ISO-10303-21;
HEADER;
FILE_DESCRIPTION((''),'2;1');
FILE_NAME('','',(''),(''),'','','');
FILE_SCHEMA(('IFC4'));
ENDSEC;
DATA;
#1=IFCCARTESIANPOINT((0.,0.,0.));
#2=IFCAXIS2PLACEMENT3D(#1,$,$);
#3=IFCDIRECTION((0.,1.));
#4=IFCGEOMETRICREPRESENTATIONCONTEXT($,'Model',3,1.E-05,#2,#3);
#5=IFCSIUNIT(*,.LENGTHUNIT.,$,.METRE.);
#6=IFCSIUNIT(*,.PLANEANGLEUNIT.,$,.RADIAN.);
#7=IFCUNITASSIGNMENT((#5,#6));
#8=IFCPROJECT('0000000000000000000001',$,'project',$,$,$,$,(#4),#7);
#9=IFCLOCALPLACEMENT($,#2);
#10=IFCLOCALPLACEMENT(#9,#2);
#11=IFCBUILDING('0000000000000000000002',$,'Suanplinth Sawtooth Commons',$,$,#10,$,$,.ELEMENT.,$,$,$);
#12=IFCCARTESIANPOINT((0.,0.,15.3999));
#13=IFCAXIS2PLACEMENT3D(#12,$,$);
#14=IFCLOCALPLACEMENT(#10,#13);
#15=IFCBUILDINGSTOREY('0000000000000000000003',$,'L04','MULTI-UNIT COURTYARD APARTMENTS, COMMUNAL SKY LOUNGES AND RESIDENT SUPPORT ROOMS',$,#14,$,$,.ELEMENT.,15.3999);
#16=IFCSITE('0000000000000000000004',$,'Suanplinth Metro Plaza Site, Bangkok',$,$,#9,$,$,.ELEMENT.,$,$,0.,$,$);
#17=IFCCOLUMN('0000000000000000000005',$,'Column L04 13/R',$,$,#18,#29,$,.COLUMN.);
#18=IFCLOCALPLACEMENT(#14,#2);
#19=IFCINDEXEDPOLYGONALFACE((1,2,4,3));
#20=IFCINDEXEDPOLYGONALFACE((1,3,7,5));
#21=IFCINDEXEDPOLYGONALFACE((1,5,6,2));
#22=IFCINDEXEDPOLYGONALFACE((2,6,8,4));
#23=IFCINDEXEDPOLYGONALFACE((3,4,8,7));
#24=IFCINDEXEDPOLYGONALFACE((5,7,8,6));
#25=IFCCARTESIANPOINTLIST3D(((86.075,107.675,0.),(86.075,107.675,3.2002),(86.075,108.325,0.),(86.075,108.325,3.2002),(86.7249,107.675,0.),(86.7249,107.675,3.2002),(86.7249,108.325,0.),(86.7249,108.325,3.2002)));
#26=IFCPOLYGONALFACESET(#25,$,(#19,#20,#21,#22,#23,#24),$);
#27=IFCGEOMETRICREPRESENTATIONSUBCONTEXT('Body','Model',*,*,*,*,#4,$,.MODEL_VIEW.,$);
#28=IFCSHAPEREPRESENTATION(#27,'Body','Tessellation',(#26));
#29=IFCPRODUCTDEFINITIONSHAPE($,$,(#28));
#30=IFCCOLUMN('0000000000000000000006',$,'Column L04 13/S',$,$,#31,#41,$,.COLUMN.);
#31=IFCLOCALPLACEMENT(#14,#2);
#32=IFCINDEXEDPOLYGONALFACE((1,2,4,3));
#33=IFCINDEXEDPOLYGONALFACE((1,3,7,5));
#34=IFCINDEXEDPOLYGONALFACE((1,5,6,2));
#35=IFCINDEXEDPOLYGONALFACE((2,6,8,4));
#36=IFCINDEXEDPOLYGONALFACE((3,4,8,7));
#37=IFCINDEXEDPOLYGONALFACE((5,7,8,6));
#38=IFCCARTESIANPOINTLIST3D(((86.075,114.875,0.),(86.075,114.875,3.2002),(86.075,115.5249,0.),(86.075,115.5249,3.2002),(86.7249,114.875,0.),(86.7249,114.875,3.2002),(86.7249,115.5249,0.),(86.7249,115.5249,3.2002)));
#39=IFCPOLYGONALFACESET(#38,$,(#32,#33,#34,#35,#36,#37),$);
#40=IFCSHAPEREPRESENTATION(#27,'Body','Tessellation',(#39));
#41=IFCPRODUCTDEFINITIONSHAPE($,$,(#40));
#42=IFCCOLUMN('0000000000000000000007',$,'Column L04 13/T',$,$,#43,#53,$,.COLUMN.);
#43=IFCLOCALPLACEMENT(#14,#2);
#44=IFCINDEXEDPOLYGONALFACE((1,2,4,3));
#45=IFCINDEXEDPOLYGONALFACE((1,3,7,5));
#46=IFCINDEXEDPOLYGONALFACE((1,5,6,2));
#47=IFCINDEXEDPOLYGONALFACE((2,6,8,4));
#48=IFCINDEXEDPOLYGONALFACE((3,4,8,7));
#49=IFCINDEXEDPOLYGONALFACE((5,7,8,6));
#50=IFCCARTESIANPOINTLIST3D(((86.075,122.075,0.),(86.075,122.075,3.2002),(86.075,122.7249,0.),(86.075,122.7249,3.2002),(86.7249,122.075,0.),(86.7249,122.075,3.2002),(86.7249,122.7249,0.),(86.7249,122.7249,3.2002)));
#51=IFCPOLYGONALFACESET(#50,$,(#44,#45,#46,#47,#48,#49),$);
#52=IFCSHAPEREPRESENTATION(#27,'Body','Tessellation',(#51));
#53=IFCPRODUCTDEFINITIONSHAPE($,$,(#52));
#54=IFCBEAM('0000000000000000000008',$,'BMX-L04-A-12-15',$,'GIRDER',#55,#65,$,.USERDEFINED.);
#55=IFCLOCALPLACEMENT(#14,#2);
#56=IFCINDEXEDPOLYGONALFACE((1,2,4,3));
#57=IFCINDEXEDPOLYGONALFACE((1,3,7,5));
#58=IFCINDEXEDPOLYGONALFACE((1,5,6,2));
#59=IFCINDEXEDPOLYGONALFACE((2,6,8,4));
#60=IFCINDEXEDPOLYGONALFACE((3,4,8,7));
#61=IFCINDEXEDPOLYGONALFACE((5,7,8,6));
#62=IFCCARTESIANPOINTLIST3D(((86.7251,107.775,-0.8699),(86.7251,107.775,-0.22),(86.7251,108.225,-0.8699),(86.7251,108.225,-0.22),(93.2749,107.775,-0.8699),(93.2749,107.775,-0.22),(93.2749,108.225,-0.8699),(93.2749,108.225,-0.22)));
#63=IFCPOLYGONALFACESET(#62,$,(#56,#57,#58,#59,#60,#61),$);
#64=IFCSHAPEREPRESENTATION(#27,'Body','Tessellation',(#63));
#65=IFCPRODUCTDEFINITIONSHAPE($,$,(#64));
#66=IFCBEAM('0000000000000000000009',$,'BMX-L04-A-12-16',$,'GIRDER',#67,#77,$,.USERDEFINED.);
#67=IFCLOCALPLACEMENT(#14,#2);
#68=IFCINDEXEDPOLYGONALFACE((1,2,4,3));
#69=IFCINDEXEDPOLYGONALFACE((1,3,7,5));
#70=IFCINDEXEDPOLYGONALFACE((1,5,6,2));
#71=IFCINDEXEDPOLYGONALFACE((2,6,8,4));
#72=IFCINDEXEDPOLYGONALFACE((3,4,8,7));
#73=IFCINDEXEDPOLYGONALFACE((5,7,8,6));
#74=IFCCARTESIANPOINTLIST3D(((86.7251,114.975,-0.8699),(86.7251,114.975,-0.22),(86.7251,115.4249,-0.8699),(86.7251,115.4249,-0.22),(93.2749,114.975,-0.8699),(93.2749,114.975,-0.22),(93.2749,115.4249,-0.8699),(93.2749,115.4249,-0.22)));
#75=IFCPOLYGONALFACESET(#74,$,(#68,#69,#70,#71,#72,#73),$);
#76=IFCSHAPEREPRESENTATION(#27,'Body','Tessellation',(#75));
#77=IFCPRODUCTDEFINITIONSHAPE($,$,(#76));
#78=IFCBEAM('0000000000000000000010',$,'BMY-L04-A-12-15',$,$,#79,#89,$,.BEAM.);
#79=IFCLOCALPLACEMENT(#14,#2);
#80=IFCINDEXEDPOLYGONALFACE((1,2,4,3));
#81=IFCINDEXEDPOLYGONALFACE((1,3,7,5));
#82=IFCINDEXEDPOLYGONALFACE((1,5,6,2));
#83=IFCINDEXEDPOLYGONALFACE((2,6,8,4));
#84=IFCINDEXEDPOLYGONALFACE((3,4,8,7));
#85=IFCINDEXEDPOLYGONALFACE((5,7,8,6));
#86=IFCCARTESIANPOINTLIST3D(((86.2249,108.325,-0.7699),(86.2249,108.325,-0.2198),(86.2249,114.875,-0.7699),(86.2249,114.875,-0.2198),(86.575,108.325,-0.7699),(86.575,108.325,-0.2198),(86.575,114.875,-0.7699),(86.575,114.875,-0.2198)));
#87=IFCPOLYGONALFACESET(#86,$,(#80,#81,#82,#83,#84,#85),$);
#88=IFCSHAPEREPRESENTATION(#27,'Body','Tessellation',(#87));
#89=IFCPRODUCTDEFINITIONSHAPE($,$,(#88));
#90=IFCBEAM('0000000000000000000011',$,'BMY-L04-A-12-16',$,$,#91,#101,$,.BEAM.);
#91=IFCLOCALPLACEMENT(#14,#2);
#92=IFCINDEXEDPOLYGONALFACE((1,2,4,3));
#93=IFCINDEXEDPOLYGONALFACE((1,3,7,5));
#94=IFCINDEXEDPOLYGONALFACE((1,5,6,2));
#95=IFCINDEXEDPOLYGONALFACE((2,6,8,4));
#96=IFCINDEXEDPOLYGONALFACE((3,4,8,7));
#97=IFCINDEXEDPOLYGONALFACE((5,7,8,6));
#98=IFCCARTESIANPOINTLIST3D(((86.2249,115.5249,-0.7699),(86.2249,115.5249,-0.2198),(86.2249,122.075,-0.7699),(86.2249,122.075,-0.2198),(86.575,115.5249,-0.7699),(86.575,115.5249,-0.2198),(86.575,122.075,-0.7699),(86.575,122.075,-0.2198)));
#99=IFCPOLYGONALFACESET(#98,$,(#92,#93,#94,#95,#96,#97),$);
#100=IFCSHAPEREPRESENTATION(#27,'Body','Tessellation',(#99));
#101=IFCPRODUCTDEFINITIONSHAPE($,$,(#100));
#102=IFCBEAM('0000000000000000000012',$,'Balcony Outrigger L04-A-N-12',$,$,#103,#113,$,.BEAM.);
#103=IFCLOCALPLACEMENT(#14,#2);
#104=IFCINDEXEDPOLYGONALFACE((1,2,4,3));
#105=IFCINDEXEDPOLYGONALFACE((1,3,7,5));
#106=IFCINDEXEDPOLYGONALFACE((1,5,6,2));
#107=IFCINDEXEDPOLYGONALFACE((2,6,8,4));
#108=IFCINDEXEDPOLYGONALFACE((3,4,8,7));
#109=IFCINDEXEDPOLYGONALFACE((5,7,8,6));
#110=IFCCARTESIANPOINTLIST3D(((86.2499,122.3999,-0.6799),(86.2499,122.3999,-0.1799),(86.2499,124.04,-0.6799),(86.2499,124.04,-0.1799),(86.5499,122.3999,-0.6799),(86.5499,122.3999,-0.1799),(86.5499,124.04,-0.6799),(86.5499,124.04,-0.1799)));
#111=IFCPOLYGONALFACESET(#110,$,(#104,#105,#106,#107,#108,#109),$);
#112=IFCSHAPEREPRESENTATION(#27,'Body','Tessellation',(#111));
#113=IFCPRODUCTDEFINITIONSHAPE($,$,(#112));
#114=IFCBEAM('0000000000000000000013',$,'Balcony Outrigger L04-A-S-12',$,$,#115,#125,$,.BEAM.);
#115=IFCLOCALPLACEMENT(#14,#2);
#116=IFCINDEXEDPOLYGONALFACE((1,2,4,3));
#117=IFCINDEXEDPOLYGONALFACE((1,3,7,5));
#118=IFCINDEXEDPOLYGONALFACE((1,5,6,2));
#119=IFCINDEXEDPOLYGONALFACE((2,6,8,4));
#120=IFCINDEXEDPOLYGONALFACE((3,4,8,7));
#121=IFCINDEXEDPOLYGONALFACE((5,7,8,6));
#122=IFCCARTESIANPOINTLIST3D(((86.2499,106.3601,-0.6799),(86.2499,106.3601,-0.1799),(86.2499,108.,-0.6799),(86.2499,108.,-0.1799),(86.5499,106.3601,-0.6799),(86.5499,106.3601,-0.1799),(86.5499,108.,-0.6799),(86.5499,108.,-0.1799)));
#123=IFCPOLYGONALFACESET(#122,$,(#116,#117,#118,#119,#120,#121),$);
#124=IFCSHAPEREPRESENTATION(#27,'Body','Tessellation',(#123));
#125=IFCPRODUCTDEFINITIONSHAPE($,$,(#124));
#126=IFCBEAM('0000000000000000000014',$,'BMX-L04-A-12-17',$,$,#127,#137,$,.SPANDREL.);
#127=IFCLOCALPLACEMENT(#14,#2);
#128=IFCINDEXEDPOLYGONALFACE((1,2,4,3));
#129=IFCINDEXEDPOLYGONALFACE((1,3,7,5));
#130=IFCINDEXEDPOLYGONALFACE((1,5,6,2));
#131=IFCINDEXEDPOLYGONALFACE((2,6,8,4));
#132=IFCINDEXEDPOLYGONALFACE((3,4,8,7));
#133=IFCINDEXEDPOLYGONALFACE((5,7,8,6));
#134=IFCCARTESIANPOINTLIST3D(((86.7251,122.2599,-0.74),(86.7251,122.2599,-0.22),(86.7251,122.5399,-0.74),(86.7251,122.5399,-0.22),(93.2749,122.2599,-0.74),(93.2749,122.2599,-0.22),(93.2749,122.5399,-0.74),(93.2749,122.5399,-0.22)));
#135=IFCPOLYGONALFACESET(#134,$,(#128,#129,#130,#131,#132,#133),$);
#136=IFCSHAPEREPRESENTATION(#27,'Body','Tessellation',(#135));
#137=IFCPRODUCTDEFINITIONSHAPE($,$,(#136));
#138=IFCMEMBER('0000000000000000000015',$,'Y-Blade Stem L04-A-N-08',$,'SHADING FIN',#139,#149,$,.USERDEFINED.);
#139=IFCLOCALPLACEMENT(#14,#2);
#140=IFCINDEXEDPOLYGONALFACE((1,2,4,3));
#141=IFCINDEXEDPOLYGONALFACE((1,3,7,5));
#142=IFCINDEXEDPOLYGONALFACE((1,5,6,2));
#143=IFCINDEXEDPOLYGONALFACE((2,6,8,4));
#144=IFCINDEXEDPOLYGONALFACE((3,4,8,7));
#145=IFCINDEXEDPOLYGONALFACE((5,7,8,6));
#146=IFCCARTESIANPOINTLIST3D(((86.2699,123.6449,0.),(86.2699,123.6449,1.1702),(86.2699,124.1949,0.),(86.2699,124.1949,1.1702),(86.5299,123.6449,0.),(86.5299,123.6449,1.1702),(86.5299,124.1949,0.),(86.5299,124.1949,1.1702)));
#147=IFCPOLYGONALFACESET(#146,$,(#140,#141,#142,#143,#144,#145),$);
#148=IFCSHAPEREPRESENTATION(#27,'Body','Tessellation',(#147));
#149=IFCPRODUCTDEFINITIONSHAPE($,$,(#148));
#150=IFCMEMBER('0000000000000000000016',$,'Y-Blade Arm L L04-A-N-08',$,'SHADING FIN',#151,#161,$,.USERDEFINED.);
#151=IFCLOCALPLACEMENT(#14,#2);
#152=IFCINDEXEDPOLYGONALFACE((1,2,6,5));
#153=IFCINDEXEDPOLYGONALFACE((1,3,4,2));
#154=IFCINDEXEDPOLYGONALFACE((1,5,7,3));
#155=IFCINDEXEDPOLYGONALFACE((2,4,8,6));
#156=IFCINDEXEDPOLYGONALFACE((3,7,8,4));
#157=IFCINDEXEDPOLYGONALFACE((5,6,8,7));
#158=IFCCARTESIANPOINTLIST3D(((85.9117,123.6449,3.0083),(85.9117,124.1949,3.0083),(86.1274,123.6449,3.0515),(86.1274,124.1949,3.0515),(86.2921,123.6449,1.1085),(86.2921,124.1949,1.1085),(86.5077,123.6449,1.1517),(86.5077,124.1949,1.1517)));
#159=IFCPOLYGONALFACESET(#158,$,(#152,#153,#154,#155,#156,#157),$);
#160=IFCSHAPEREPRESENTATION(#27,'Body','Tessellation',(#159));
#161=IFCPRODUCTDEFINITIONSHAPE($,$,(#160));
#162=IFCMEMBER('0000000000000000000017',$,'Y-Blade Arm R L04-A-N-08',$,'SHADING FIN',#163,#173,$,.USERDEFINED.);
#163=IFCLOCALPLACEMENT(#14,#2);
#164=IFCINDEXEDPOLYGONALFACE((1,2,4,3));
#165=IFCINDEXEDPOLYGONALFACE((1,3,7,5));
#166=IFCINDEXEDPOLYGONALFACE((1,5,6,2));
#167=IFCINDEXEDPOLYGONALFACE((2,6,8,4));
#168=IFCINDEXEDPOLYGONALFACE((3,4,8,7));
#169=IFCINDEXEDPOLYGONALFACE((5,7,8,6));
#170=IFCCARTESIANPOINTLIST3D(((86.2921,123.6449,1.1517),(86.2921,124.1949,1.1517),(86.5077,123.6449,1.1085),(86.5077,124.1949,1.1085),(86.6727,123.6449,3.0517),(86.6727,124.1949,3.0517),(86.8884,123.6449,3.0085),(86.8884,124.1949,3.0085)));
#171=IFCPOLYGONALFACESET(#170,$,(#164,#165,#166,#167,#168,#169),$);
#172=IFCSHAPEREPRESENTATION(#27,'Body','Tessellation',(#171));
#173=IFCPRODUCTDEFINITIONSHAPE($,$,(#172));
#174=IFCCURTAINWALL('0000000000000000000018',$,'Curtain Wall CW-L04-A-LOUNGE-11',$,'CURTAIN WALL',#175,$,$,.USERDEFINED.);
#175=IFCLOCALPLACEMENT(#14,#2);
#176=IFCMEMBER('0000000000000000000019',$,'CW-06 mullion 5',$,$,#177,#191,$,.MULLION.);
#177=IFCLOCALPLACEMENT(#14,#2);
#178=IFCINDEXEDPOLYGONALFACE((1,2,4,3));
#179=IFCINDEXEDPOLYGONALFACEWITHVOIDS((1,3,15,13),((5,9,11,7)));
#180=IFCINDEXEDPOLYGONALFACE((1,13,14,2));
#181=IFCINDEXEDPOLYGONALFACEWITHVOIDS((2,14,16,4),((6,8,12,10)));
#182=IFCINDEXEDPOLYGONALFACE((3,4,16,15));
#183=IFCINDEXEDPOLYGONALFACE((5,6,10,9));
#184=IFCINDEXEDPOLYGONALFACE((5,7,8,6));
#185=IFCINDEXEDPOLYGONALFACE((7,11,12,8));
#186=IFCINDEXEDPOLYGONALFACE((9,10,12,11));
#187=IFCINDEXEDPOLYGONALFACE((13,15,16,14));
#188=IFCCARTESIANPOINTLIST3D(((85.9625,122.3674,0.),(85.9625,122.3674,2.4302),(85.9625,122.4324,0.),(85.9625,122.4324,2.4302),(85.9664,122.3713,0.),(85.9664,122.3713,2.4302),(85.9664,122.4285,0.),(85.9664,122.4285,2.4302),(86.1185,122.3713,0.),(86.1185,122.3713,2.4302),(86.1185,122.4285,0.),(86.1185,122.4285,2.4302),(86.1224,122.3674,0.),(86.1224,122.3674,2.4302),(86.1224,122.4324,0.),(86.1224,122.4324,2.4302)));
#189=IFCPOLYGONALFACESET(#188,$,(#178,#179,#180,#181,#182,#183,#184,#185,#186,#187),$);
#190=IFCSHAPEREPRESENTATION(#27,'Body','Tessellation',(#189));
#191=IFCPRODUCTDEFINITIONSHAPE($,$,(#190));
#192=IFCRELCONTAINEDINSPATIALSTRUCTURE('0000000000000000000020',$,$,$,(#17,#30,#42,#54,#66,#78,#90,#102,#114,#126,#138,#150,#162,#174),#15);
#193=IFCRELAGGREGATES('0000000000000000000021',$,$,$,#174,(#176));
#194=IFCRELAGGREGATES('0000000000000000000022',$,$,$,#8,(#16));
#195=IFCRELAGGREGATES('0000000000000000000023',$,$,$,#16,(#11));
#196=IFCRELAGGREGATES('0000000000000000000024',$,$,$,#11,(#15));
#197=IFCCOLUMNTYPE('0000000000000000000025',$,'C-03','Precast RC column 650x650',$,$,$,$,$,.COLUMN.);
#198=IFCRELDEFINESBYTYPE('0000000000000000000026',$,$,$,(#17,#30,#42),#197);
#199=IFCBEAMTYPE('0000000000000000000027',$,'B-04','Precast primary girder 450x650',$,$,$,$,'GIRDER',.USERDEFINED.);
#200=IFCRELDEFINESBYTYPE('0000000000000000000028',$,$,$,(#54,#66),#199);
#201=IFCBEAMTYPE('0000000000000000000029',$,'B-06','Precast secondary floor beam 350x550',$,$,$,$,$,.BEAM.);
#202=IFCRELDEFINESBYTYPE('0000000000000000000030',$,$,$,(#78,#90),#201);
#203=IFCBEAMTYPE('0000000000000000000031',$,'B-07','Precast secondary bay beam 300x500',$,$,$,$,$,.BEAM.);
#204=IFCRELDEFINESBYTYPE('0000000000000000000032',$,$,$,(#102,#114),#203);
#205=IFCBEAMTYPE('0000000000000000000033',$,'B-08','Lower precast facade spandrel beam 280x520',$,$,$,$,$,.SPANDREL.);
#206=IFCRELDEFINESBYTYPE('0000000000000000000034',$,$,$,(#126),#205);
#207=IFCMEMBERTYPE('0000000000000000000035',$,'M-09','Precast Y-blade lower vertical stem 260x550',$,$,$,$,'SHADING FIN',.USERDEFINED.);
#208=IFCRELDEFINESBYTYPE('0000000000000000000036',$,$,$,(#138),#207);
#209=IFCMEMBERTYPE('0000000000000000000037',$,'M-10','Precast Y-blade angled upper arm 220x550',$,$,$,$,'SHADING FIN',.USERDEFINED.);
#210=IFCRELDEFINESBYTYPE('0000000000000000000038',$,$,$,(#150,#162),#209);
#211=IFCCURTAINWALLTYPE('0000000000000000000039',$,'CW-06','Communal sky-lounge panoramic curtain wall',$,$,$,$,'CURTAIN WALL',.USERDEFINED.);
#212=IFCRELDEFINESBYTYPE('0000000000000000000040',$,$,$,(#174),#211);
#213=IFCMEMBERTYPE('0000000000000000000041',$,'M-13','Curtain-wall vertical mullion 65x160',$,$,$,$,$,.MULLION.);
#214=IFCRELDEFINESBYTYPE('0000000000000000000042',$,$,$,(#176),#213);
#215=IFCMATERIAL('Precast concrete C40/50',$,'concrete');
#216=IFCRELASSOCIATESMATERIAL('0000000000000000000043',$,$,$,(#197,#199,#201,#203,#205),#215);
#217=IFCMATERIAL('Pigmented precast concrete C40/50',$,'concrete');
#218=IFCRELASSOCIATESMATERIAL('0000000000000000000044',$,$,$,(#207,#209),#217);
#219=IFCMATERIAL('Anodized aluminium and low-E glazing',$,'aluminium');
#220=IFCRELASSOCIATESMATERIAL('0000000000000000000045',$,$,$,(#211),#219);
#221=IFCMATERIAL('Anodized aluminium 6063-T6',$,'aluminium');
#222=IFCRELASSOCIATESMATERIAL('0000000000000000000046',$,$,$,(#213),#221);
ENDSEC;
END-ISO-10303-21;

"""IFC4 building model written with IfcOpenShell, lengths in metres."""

from ifc_helpers import new_model, si_unit, direction, frame, origin, origin_2d, place, context, subcontext, project, spatial, rectangle, hollow_rectangle, extrude, material, material_profile, profile_set, type_object, element, aggregate, save


model = new_model("IFC4")

# Units and contexts
model_context = context("Model", 3, precision=1e-05, world=origin(), true_north=direction((0.0, 1.0)))
body_context = subcontext(model_context, "Body", "Model", "MODEL_VIEW")
ifc_project = project(units=[si_unit("LENGTHUNIT", "METRE"), si_unit("PLANEANGLEUNIT", "RADIAN")], contexts=[model_context])

# Site, building, storey
site_placement = place(None, origin())
site = spatial("IfcSite", under=ifc_project, at=site_placement, Name="Suanplinth Metro Plaza Site, Bangkok", CompositionType="ELEMENT", RefElevation=0.0)
building_placement = place(site_placement, origin())
building = spatial("IfcBuilding", under=site, at=building_placement, Name="Suanplinth Sawtooth Commons", CompositionType="ELEMENT")
storey_placement = place(building_placement, frame((0.0, 0.0, 15.3999)))
storey = spatial("IfcBuildingStorey", under=building, at=storey_placement, Name="L04", Description="MULTI-UNIT COURTYARD APARTMENTS, COMMUNAL SKY LOUNGES AND RESIDENT SUPPORT ROOMS", CompositionType="ELEMENT", Elevation=15.3999)

# Columns
ifc_material_1 = material(Name="Precast concrete C40/50", Category="concrete")
ifc_material_profile_1 = material_profile(ifc_material_1, rectangle(XDim=0.6499, YDim=0.6499, at=origin_2d()), Name="PC-COL 650x650")
ifc_profile_set_1 = profile_set([ifc_material_profile_1], Name="Precast concrete C40/50")
column_type = type_object("IfcColumnType", Name="C-03", Description="Precast RC column 650x650", PredefinedType="COLUMN", material=ifc_profile_set_1)
for number, where, z_axis, x_axis, name in (
    (1, (86.3999, 108.0, 0.0), (0.0, 0.0, 1.0), (1.0, 0.0, 0.0), "Column L04 13/R"),
    (2, (86.3999, 115.2, 0.0), (0.0, 0.0, 1.0), (1.0, 0.0, 0.0), "Column L04 13/S"),
    (3, (86.3999, 122.3999, 0.0), (0.0, 0.0, 1.0), (1.0, 0.0, 0.0), "Column L04 13/T"),
):
    element("IfcColumn", number, at=place(storey_placement, frame(where, z_axis=z_axis, x_axis=x_axis)), inside=storey, type_object=column_type, Name=name, PredefinedType="COLUMN", context=body_context, shape_type="SweptSolid", body=[
        extrude(rectangle(XDim=0.6499, YDim=0.6499, at=origin_2d()), origin(), (0.0, 0.0, 1.0), 3.2002),
    ])

# Beams
ifc_material_profile_2 = material_profile(ifc_material_1, rectangle(XDim=0.45, YDim=0.6499, at=origin_2d()), Name="PC-GDR 450x650")
ifc_profile_set_2 = profile_set([ifc_material_profile_2], Name="Precast concrete C40/50")
beam_type_1 = type_object("IfcBeamType", Name="B-04", Description="Precast primary girder 450x650", ElementType="GIRDER", PredefinedType="USERDEFINED", material=ifc_profile_set_2)
for number, where, z_axis, x_axis, name in (
    (4, (86.7251, 108.0, -0.5449), (1.0, 0.0, 0.0), (0.0, 1.0, 0.0), "BMX-L04-A-12-15"),
    (5, (86.7251, 115.2, -0.5449), (1.0, 0.0, 0.0), (0.0, 1.0, 0.0), "BMX-L04-A-12-16"),
):
    element("IfcBeam", number, at=place(storey_placement, frame(where, z_axis=z_axis, x_axis=x_axis)), inside=storey, type_object=beam_type_1, Name=name, ObjectType="GIRDER", PredefinedType="USERDEFINED", context=body_context, shape_type="SweptSolid", body=[
        extrude(rectangle(XDim=0.45, YDim=0.6499, at=origin_2d()), origin(), (0.0, 0.0, 1.0), 6.5498),
    ])
ifc_material_profile_3 = material_profile(ifc_material_1, rectangle(XDim=0.3501, YDim=0.55, at=origin_2d()), Name="PC-BM 350x550")
ifc_profile_set_3 = profile_set([ifc_material_profile_3], Name="Precast concrete C40/50")
beam_type_2 = type_object("IfcBeamType", Name="B-06", Description="Precast secondary floor beam 350x550", PredefinedType="BEAM", material=ifc_profile_set_3)
for number, where, z_axis, x_axis, name in (
    (6, (86.3999, 108.325, -0.4949), (0.0, 1.0, 0.0), (-1.0, 0.0, 0.0), "BMY-L04-A-12-15"),
    (7, (86.3999, 115.5249, -0.4949), (0.0, 1.0, 0.0), (-1.0, 0.0, 0.0), "BMY-L04-A-12-16"),
):
    element("IfcBeam", number, at=place(storey_placement, frame(where, z_axis=z_axis, x_axis=x_axis)), inside=storey, type_object=beam_type_2, Name=name, PredefinedType="BEAM", context=body_context, shape_type="SweptSolid", body=[
        extrude(rectangle(XDim=0.3501, YDim=0.55, at=origin_2d()), origin(), (0.0, 0.0, 1.0), 6.55),
    ])
ifc_material_profile_4 = material_profile(ifc_material_1, rectangle(XDim=0.3, YDim=0.5, at=origin_2d()), Name="PC-BM 300x500")
ifc_profile_set_4 = profile_set([ifc_material_profile_4], Name="Precast concrete C40/50")
beam_type_3 = type_object("IfcBeamType", Name="B-07", Description="Precast secondary bay beam 300x500", PredefinedType="BEAM", material=ifc_profile_set_4)
beam_1_placement = place(storey_placement, frame((86.3999, 122.3999, -0.4299), z_axis=(0.0, 1.0, 0.0), x_axis=(-1.0, 0.0, 0.0)))
element("IfcBeam", 8, at=beam_1_placement, inside=storey, type_object=beam_type_3, Name="Balcony Outrigger L04-A-N-12", PredefinedType="BEAM", context=body_context, shape_type="SweptSolid", body=[
    extrude(rectangle(XDim=0.3, YDim=0.5, at=origin_2d()), origin(), (0.0, 0.0, 1.0), 1.6401),
])
beam_2_placement = place(storey_placement, frame((86.3999, 108.0, -0.4299), z_axis=(0.0, -1.0, 0.0), x_axis=(1.0, 0.0, 0.0)))
element("IfcBeam", 9, at=beam_2_placement, inside=storey, type_object=beam_type_3, Name="Balcony Outrigger L04-A-S-12", PredefinedType="BEAM", context=body_context, shape_type="SweptSolid", body=[
    extrude(rectangle(XDim=0.3, YDim=0.5, at=origin_2d()), origin(), (0.0, 0.0, 1.0), 1.6399),
])
ifc_material_profile_5 = material_profile(ifc_material_1, rectangle(XDim=0.28, YDim=0.52, at=origin_2d()), Name="PC-SP 280x520")
ifc_profile_set_5 = profile_set([ifc_material_profile_5], Name="Precast concrete C40/50")
beam_type_4 = type_object("IfcBeamType", Name="B-08", Description="Lower precast facade spandrel beam 280x520", PredefinedType="SPANDREL", material=ifc_profile_set_5)
beam_3_placement = place(storey_placement, frame((86.7251, 122.3999, -0.48), z_axis=(1.0, 0.0, 0.0), x_axis=(0.0, 1.0, 0.0)))
element("IfcBeam", 10, at=beam_3_placement, inside=storey, type_object=beam_type_4, Name="BMX-L04-A-12-17", PredefinedType="SPANDREL", context=body_context, shape_type="SweptSolid", body=[
    extrude(rectangle(XDim=0.28, YDim=0.52, at=origin_2d()), origin(), (0.0, 0.0, 1.0), 6.5498),
])

# Members
ifc_material_2 = material(Name="Pigmented precast concrete C40/50", Category="concrete")
ifc_material_profile_6 = material_profile(ifc_material_2, rectangle(XDim=0.26, YDim=0.55, at=origin_2d()), Name="PC-FIN 260x550")
ifc_profile_set_6 = profile_set([ifc_material_profile_6], Name="Pigmented precast concrete C40/50")
member_type_1 = type_object("IfcMemberType", Name="M-09", Description="Precast Y-blade lower vertical stem 260x550", ElementType="SHADING FIN", PredefinedType="USERDEFINED", material=ifc_profile_set_6)
member_1_placement = place(storey_placement, frame((86.3999, 123.9199, 0.0), z_axis=(0.0, 0.0, 1.0), x_axis=(1.0, 0.0, 0.0)))
element("IfcMember", 11, at=member_1_placement, inside=storey, type_object=member_type_1, Name="Y-Blade Stem L04-A-N-08", ObjectType="SHADING FIN", PredefinedType="USERDEFINED", context=body_context, shape_type="SweptSolid", body=[
    extrude(rectangle(XDim=0.26, YDim=0.55, at=origin_2d()), origin(), (0.0, 0.0, 1.0), 1.1702),
])
ifc_material_profile_7 = material_profile(ifc_material_2, rectangle(XDim=0.22, YDim=0.55, at=origin_2d()), Name="PC-FIN 220x550")
ifc_profile_set_7 = profile_set([ifc_material_profile_7], Name="Pigmented precast concrete C40/50")
member_type_2 = type_object("IfcMemberType", Name="M-10", Description="Precast Y-blade angled upper arm 220x550", ElementType="SHADING FIN", PredefinedType="USERDEFINED", material=ifc_profile_set_7)
member_2_placement = place(storey_placement, frame((86.3999, 123.9199, 1.1301), z_axis=(-0.19631, 0.0, 0.980542), x_axis=(0.980542, 0.0, 0.19631)))
element("IfcMember", 12, at=member_2_placement, inside=storey, type_object=member_type_2, Name="Y-Blade Arm L L04-A-N-08", ObjectType="SHADING FIN", PredefinedType="USERDEFINED", context=body_context, shape_type="SweptSolid", body=[
    extrude(rectangle(XDim=0.22, YDim=0.55, at=origin_2d()), origin(), (0.0, 0.0, 1.0), 1.9375),
])
member_3_placement = place(storey_placement, frame((86.3999, 123.9199, 1.1301), z_axis=(0.196431, 0.0, 0.980518), x_axis=(-0.980518, 0.0, 0.196431)))
element("IfcMember", 13, at=member_3_placement, inside=storey, type_object=member_type_2, Name="Y-Blade Arm R L04-A-N-08", ObjectType="SHADING FIN", PredefinedType="USERDEFINED", context=body_context, shape_type="SweptSolid", body=[
    extrude(rectangle(XDim=0.22, YDim=0.55, at=origin_2d()), origin(), (0.0, 0.0, 1.0), 1.9377),
])

# Curtain wall, member
ifc_material_3 = material(Name="Anodized aluminium and low-E glazing", Category="aluminium")
curtain_wall_type = type_object("IfcCurtainWallType", Name="CW-06", Description="Communal sky-lounge panoramic curtain wall", ElementType="CURTAIN WALL", PredefinedType="USERDEFINED", material=ifc_material_3)
curtain_wall_placement = place(storey_placement, origin())
curtain_wall = element("IfcCurtainWall", 14, at=curtain_wall_placement, inside=storey, type_object=curtain_wall_type, Name="Curtain Wall CW-L04-A-LOUNGE-11", ObjectType="CURTAIN WALL", PredefinedType="USERDEFINED")
ifc_material_4 = material(Name="Anodized aluminium 6063-T6", Category="aluminium")
ifc_material_profile_8 = material_profile(ifc_material_4, hollow_rectangle(XDim=0.0649, YDim=0.1599, WallThickness=0.0039, at=origin_2d()), Name="ALU-MUL 65x160")
ifc_profile_set_8 = profile_set([ifc_material_profile_8], Name="Anodized aluminium 6063-T6")
member_type_3 = type_object("IfcMemberType", Name="M-13", Description="Curtain-wall vertical mullion 65x160", PredefinedType="MULLION", material=ifc_profile_set_8)
member_4_placement = place(storey_placement, frame((86.0425, 122.3999, 0.0), z_axis=(0.0, 0.0, 1.0), x_axis=(0.0, 1.0, 0.0)))
member_4 = element("IfcMember", 15, at=member_4_placement, type_object=member_type_3, Name="CW-06 mullion 5", PredefinedType="MULLION", context=body_context, shape_type="SweptSolid", body=[
    extrude(hollow_rectangle(XDim=0.0649, YDim=0.1599, WallThickness=0.0039, at=origin_2d()), origin(), (0.0, 0.0, 1.0), 2.4302),
])

aggregate(curtain_wall, [member_4])

save(model, "model.ifc")
